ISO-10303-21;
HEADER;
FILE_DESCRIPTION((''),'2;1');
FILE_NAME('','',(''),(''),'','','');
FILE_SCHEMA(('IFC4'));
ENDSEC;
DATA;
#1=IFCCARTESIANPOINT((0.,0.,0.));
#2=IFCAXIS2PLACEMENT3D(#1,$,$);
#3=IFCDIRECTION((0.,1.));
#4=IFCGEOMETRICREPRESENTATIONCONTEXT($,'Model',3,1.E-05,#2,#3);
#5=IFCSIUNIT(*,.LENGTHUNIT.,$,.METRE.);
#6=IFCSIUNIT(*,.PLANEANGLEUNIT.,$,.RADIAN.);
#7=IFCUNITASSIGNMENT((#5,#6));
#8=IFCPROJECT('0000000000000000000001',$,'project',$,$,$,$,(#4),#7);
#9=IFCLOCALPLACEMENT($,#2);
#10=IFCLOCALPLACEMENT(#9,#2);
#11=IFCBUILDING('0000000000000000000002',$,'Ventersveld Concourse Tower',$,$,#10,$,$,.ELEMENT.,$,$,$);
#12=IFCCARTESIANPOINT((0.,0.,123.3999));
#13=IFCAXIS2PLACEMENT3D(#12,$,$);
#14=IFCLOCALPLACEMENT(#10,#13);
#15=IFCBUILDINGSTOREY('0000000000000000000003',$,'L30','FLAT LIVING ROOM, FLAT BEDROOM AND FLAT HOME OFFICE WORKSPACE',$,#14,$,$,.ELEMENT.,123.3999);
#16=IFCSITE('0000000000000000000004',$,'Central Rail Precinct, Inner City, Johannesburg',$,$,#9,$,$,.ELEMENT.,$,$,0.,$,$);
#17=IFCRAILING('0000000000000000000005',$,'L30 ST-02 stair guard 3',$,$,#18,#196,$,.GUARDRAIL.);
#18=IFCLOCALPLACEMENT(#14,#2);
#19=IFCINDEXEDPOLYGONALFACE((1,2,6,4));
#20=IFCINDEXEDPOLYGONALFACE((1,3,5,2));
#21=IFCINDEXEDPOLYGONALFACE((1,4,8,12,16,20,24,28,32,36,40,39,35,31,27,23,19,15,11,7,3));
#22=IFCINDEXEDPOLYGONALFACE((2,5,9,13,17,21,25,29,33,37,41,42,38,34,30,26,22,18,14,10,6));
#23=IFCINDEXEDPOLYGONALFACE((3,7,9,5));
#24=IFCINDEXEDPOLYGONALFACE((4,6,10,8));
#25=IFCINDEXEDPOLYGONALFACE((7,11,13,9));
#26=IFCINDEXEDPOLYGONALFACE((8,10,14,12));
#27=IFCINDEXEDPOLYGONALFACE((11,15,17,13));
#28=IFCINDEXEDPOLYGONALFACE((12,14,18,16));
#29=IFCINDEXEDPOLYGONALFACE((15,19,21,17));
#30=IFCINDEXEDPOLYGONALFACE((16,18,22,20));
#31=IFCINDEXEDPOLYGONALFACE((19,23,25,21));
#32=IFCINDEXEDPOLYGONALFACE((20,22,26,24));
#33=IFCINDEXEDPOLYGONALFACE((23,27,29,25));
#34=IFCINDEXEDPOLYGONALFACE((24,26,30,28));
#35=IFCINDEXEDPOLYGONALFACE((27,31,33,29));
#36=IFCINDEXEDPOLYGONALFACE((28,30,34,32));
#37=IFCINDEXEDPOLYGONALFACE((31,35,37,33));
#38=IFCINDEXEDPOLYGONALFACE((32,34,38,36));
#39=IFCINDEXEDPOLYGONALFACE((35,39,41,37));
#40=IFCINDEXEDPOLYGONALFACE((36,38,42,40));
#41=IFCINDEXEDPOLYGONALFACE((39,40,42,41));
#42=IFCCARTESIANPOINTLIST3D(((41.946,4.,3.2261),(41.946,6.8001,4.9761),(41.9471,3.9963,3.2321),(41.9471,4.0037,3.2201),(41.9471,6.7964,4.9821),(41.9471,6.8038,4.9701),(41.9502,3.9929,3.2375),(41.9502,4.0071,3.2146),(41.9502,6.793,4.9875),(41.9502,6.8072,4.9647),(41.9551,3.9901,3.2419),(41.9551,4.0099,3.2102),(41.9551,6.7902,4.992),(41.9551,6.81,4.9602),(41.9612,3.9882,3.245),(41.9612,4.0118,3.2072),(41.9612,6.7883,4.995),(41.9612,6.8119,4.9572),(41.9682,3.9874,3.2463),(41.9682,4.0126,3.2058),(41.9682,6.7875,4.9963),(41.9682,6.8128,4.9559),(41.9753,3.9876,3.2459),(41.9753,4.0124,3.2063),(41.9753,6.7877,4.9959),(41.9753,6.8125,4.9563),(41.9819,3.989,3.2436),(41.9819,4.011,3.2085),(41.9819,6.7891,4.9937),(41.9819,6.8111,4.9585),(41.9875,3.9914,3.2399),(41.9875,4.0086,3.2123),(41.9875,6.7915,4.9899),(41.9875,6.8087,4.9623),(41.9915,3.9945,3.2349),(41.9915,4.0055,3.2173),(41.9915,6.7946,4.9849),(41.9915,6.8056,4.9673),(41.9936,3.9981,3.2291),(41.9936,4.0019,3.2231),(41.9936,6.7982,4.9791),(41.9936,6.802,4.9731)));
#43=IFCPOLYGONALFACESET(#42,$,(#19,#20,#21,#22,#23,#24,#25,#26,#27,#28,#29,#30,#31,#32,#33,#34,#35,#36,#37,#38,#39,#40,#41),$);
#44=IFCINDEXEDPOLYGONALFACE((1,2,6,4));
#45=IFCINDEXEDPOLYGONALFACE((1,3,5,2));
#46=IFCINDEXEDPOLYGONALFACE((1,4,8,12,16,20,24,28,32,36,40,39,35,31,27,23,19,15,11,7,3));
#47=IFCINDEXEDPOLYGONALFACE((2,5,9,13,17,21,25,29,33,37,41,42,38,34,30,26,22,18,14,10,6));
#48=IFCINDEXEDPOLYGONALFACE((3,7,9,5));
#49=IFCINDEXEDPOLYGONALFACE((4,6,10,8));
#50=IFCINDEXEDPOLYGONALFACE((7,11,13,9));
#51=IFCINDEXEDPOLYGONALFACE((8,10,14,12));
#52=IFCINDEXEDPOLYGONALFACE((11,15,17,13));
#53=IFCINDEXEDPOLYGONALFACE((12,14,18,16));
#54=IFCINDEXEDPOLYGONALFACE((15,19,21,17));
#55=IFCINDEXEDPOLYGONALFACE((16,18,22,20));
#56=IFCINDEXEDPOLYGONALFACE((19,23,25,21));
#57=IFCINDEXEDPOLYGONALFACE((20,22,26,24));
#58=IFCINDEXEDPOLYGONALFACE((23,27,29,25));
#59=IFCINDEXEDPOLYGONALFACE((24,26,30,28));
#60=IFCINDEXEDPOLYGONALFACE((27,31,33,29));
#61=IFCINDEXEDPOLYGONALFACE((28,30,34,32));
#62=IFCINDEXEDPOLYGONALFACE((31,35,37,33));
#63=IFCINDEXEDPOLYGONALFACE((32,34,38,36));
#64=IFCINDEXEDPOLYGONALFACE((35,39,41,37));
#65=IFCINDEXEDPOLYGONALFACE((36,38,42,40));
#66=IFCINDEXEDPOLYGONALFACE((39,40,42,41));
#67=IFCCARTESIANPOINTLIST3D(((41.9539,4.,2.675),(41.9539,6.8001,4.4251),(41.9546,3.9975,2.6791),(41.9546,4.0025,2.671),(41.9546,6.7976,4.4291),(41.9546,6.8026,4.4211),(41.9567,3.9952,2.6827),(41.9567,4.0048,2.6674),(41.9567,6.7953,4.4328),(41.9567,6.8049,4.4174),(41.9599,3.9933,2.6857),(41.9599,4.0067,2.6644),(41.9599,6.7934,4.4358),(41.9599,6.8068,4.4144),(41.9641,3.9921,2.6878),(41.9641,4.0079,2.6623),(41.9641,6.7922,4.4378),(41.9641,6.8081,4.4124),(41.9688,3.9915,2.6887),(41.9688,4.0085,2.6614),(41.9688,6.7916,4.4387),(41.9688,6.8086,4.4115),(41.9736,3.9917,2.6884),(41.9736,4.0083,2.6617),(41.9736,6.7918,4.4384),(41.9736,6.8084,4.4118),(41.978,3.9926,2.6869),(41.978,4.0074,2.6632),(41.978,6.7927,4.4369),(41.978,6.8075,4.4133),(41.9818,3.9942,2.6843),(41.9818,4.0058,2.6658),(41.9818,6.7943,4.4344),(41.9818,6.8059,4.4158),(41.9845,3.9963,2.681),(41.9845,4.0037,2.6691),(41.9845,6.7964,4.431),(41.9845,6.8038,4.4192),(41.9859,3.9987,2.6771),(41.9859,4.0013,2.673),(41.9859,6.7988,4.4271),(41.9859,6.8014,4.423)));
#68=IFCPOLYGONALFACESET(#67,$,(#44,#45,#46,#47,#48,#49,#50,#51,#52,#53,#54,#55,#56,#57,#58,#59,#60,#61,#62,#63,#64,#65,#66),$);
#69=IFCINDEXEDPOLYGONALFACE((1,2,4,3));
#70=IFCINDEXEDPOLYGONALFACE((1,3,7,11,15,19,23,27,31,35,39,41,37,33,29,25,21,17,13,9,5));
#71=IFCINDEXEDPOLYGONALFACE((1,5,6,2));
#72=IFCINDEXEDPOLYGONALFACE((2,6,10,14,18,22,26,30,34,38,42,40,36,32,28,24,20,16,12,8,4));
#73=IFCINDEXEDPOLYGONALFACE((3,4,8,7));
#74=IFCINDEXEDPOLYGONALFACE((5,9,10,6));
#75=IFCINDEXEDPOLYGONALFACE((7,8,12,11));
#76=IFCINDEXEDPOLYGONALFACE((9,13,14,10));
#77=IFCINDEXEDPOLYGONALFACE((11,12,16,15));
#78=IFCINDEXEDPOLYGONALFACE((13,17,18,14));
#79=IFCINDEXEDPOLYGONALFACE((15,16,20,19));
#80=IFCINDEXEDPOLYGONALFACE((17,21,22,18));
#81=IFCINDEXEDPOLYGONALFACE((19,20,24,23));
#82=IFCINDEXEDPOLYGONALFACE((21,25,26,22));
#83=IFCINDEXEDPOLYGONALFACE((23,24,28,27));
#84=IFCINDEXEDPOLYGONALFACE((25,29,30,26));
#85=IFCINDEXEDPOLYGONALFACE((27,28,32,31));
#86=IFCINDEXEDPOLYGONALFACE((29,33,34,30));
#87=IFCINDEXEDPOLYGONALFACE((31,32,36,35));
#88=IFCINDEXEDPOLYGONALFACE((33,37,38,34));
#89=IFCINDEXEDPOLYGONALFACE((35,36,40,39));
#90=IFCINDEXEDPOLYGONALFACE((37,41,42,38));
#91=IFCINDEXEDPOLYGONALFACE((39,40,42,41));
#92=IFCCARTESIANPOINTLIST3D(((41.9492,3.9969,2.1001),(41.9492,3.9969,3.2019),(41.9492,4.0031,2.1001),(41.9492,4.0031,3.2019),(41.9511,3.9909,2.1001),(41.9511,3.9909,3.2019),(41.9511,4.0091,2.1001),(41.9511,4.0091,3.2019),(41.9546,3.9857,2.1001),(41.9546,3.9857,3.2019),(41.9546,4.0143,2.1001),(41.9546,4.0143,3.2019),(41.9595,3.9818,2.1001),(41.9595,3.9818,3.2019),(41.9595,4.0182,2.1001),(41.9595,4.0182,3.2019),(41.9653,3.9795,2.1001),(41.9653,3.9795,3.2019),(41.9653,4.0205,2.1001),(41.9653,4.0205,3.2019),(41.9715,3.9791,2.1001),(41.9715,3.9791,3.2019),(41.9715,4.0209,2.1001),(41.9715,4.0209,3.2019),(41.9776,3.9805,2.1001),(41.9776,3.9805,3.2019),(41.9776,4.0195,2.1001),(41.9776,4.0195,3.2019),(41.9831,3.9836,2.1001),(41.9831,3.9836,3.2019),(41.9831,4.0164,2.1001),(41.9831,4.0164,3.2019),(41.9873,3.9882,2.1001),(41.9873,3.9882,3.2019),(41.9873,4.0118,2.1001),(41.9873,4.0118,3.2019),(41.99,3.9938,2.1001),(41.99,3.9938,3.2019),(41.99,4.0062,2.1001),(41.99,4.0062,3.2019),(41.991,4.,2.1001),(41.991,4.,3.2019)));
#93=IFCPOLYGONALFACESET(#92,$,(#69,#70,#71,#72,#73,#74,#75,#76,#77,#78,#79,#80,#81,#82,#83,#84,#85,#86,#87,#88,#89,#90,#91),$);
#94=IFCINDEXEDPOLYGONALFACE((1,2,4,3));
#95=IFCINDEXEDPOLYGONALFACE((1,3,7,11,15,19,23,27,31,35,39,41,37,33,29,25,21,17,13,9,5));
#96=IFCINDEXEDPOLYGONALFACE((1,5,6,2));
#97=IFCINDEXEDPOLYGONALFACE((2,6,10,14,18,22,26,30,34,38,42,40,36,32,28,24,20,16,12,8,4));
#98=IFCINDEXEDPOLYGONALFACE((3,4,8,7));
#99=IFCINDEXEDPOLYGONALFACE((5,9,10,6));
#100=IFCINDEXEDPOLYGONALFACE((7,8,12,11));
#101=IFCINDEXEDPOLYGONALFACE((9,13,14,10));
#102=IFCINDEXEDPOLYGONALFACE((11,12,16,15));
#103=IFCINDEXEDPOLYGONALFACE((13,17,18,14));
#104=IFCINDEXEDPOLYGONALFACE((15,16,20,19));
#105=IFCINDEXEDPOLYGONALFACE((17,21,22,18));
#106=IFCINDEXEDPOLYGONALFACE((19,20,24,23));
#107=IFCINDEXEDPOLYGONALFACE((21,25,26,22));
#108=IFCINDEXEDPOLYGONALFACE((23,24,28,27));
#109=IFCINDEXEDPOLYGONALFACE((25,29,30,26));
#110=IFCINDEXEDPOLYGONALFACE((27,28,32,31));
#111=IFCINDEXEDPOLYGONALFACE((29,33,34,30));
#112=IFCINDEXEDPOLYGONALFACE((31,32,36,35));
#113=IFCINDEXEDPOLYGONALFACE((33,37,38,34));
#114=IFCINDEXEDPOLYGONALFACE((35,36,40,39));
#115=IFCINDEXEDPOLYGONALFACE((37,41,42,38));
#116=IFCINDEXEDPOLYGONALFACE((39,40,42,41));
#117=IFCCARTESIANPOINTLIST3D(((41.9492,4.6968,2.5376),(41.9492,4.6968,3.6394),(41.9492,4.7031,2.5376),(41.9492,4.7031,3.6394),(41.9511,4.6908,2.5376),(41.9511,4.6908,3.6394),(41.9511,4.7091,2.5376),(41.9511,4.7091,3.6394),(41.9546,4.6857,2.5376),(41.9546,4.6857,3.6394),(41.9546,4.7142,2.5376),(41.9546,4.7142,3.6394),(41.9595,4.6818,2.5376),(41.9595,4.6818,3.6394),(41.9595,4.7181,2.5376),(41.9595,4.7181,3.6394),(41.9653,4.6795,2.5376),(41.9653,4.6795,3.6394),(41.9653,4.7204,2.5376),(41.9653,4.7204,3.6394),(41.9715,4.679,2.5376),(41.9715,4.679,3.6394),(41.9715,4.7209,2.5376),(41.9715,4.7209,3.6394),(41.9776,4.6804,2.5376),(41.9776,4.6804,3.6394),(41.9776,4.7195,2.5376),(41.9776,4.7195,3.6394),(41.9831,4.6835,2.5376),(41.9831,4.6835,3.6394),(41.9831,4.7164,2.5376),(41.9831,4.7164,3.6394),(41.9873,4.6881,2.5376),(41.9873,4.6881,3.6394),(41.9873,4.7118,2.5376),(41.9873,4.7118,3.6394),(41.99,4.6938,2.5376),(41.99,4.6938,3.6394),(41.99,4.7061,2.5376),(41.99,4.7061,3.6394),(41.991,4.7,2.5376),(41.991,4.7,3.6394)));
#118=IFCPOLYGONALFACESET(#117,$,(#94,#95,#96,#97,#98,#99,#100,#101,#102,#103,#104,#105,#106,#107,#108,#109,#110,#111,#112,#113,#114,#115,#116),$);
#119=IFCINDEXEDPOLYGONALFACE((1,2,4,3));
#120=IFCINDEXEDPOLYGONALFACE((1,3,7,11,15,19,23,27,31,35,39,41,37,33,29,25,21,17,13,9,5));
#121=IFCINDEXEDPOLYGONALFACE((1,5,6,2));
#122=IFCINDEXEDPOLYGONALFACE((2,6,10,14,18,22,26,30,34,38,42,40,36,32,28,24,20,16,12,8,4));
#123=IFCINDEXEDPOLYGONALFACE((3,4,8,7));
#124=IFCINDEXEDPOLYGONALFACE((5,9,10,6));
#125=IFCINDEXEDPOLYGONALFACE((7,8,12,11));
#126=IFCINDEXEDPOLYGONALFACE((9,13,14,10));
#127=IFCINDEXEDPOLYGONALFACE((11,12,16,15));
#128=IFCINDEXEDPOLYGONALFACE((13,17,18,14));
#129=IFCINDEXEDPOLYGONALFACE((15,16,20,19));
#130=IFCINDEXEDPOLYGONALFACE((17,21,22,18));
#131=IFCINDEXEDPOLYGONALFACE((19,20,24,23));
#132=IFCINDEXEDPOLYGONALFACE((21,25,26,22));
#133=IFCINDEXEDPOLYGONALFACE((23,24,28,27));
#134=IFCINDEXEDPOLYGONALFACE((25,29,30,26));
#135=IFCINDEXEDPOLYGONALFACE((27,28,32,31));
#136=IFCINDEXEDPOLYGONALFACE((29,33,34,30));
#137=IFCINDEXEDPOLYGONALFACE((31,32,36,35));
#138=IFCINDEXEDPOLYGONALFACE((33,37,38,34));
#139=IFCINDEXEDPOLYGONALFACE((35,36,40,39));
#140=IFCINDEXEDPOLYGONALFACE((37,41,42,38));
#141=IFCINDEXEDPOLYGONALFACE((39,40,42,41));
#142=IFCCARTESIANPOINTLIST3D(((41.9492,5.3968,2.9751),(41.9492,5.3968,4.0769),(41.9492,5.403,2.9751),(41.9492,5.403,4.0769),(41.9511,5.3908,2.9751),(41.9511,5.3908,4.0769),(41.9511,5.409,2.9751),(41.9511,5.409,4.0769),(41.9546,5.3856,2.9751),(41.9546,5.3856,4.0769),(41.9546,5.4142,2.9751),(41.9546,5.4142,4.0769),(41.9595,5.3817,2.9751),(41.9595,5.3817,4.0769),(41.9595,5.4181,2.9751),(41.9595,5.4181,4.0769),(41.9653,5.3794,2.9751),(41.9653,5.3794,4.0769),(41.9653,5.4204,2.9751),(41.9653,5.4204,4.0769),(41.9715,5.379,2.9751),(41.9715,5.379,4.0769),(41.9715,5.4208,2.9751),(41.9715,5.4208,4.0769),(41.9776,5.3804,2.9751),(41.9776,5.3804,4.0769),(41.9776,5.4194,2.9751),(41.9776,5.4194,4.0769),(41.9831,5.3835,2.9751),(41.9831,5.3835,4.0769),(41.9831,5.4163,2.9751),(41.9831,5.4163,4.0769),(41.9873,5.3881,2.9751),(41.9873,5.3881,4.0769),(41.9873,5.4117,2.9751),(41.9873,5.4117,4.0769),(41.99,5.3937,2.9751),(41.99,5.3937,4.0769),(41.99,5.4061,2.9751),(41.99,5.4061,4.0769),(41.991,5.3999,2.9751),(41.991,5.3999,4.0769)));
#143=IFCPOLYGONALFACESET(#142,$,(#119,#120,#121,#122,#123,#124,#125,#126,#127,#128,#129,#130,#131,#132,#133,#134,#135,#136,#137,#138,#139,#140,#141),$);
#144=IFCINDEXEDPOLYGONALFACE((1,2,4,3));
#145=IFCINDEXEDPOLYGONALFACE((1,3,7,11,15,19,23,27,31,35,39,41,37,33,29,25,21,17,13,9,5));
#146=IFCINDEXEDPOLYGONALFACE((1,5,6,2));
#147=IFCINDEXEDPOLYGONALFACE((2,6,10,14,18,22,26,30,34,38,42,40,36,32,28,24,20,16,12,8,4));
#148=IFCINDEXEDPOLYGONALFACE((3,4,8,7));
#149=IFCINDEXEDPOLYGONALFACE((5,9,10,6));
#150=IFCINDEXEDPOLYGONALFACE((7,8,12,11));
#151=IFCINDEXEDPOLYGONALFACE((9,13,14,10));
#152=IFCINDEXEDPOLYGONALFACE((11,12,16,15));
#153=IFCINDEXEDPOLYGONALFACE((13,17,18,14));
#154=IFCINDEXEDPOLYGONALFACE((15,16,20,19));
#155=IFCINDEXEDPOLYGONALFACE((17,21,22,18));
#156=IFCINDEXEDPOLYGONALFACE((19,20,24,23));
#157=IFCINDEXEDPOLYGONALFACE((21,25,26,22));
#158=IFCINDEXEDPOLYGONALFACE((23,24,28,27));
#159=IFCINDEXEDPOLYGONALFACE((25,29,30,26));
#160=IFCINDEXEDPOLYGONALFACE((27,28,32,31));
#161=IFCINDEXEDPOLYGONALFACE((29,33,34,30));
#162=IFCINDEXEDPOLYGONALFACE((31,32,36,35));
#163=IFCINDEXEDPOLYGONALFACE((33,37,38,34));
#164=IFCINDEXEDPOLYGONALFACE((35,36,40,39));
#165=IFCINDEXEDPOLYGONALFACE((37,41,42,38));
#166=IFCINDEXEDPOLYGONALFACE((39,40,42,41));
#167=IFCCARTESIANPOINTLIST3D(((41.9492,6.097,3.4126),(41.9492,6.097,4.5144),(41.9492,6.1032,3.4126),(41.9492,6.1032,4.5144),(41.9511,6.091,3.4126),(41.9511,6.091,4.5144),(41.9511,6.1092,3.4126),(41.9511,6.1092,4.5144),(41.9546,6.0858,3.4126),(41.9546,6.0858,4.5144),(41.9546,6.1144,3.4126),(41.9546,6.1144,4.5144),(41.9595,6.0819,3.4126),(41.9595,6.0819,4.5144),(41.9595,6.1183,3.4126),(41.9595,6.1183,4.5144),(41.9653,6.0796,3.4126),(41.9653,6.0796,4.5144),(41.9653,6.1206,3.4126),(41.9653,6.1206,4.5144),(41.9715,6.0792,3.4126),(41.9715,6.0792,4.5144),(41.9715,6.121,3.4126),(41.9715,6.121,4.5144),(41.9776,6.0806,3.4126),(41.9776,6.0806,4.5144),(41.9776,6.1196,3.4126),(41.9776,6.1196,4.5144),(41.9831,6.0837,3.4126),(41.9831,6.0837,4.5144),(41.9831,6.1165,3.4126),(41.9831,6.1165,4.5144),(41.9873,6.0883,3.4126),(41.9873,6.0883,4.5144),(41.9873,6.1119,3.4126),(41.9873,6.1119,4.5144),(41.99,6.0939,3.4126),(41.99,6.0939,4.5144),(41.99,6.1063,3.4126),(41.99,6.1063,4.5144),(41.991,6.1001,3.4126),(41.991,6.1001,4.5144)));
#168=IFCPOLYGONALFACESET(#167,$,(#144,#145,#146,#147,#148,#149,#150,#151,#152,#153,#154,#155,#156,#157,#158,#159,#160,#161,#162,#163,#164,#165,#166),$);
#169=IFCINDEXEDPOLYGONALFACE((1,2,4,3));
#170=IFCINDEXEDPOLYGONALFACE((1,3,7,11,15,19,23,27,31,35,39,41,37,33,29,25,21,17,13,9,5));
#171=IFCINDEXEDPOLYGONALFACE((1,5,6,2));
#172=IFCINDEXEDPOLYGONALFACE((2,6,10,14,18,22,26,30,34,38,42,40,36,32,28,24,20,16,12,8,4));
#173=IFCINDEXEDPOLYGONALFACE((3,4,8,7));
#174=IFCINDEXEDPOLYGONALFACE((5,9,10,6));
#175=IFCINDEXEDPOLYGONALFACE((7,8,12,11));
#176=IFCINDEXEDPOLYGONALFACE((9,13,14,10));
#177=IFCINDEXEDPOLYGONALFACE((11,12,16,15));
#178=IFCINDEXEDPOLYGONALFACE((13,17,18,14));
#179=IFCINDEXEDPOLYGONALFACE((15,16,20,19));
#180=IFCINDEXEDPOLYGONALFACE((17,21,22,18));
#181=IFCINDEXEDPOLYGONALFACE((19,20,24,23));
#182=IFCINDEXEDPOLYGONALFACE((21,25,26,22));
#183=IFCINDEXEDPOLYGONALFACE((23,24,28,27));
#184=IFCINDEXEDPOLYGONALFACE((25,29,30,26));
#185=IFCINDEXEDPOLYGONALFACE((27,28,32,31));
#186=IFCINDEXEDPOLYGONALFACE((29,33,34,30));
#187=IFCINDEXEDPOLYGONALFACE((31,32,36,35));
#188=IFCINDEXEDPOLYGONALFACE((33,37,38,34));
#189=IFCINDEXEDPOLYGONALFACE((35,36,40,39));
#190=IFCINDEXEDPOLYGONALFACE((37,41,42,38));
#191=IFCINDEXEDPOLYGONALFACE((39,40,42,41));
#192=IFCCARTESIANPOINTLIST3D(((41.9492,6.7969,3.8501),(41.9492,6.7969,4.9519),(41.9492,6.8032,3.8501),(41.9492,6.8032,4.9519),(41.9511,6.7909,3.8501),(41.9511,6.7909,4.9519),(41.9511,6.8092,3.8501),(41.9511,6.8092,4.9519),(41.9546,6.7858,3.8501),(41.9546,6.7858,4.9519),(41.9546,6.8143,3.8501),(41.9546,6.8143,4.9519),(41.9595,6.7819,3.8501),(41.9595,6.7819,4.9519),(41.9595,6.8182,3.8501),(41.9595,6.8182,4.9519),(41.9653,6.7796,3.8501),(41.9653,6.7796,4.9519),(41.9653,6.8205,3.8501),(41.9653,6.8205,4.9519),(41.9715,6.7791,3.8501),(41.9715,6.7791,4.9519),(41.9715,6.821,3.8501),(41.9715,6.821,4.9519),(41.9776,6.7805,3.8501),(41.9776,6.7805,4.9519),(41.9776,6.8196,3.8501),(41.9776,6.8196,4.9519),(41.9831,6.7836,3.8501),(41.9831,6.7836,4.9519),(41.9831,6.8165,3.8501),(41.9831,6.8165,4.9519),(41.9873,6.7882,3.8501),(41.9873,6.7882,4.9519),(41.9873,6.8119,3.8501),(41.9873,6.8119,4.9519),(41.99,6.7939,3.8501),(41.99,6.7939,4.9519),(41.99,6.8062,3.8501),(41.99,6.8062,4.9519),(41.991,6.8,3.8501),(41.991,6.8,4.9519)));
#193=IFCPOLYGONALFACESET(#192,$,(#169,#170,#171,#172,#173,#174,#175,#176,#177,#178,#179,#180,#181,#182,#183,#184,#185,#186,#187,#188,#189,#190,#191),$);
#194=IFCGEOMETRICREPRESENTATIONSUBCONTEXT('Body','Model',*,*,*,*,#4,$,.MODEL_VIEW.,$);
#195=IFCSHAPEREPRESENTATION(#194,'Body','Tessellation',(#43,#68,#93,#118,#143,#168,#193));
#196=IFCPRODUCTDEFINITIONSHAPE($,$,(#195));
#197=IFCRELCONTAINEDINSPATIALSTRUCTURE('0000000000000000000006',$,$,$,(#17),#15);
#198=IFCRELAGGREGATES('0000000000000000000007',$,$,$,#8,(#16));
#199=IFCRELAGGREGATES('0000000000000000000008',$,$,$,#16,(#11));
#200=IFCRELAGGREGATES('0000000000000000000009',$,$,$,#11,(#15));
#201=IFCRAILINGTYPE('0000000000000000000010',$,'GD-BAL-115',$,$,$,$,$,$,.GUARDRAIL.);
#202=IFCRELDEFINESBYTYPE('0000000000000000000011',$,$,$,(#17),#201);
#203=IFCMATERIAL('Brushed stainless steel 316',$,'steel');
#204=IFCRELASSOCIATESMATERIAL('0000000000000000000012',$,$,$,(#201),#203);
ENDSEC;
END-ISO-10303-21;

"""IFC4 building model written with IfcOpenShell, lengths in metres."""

from ifc_helpers import new_model, si_unit, direction, frame, origin, origin_2d, place, context, subcontext, project, spatial, circle, extrude, material, type_object, element, save


model = new_model("IFC4")

# Units and contexts
model_context = context("Model", 3, precision=1e-05, world=origin(), true_north=direction((0.0, 1.0)))
body_context = subcontext(model_context, "Body", "Model", "MODEL_VIEW")
ifc_project = project(units=[si_unit("LENGTHUNIT", "METRE"), si_unit("PLANEANGLEUNIT", "RADIAN")], contexts=[model_context])

# Site, building, storey
site_placement = place(None, origin())
site = spatial("IfcSite", under=ifc_project, at=site_placement, Name="Central Rail Precinct, Inner City, Johannesburg", CompositionType="ELEMENT", RefElevation=0.0)
building_placement = place(site_placement, origin())
building = spatial("IfcBuilding", under=site, at=building_placement, Name="Ventersveld Concourse Tower", CompositionType="ELEMENT")
storey_placement = place(building_placement, frame((0.0, 0.0, 123.3999)))
storey = spatial("IfcBuildingStorey", under=building, at=storey_placement, Name="L30", Description="FLAT LIVING ROOM, FLAT BEDROOM AND FLAT HOME OFFICE WORKSPACE", CompositionType="ELEMENT", Elevation=123.3999)

# Shared definitions
ifc_material_1 = material(Name="Brushed stainless steel 316", Category="steel")

# Railing
railing_type_1 = type_object("IfcRailingType", Name="GD-BAL-115", PredefinedType="GUARDRAIL", material=ifc_material_1)
railing_1_placement = place(storey_placement, frame((41.97, 4.0, 2.1001)))
element("IfcRailing", 1, at=railing_1_placement, inside=storey, type_object=railing_type_1, Name="L30 ST-02 stair guard 3", PredefinedType="GUARDRAIL", context=body_context, shape_type="SweptSolid", body=[
    extrude(circle(Radius=0.0239, at=origin_2d()), frame((0.0, 0.0, 1.126), z_axis=(0.0, 0.848002, 0.529992), x_axis=(-1.0, 0.0, 0.0)), (0.0, 0.0, 1.0), 3.302),
    extrude(circle(Radius=0.0161, at=origin_2d()), frame((0.0, 0.0, 0.575), z_axis=(0.0, 0.848002, 0.529992), x_axis=(-1.0, 0.0, 0.0)), (0.0, 0.0, 1.0), 3.302),
    extrude(circle(Radius=0.021, at=origin_2d()), origin(), (0.0, 0.0, 1.0), 1.1018),
    extrude(circle(Radius=0.021, at=origin_2d()), frame((0.0, 0.7, 0.4375)), (0.0, 0.0, 1.0), 1.1018),
    extrude(circle(Radius=0.021, at=origin_2d()), frame((0.0, 1.3999, 0.875)), (0.0, 0.0, 1.0), 1.1018),
    extrude(circle(Radius=0.021, at=origin_2d()), frame((0.0, 2.1001, 1.3125)), (0.0, 0.0, 1.0), 1.1018),
    extrude(circle(Radius=0.021, at=origin_2d()), frame((0.0, 2.8, 1.75)), (0.0, 0.0, 1.0), 1.1018),
])

save(model, "model.ifc")
